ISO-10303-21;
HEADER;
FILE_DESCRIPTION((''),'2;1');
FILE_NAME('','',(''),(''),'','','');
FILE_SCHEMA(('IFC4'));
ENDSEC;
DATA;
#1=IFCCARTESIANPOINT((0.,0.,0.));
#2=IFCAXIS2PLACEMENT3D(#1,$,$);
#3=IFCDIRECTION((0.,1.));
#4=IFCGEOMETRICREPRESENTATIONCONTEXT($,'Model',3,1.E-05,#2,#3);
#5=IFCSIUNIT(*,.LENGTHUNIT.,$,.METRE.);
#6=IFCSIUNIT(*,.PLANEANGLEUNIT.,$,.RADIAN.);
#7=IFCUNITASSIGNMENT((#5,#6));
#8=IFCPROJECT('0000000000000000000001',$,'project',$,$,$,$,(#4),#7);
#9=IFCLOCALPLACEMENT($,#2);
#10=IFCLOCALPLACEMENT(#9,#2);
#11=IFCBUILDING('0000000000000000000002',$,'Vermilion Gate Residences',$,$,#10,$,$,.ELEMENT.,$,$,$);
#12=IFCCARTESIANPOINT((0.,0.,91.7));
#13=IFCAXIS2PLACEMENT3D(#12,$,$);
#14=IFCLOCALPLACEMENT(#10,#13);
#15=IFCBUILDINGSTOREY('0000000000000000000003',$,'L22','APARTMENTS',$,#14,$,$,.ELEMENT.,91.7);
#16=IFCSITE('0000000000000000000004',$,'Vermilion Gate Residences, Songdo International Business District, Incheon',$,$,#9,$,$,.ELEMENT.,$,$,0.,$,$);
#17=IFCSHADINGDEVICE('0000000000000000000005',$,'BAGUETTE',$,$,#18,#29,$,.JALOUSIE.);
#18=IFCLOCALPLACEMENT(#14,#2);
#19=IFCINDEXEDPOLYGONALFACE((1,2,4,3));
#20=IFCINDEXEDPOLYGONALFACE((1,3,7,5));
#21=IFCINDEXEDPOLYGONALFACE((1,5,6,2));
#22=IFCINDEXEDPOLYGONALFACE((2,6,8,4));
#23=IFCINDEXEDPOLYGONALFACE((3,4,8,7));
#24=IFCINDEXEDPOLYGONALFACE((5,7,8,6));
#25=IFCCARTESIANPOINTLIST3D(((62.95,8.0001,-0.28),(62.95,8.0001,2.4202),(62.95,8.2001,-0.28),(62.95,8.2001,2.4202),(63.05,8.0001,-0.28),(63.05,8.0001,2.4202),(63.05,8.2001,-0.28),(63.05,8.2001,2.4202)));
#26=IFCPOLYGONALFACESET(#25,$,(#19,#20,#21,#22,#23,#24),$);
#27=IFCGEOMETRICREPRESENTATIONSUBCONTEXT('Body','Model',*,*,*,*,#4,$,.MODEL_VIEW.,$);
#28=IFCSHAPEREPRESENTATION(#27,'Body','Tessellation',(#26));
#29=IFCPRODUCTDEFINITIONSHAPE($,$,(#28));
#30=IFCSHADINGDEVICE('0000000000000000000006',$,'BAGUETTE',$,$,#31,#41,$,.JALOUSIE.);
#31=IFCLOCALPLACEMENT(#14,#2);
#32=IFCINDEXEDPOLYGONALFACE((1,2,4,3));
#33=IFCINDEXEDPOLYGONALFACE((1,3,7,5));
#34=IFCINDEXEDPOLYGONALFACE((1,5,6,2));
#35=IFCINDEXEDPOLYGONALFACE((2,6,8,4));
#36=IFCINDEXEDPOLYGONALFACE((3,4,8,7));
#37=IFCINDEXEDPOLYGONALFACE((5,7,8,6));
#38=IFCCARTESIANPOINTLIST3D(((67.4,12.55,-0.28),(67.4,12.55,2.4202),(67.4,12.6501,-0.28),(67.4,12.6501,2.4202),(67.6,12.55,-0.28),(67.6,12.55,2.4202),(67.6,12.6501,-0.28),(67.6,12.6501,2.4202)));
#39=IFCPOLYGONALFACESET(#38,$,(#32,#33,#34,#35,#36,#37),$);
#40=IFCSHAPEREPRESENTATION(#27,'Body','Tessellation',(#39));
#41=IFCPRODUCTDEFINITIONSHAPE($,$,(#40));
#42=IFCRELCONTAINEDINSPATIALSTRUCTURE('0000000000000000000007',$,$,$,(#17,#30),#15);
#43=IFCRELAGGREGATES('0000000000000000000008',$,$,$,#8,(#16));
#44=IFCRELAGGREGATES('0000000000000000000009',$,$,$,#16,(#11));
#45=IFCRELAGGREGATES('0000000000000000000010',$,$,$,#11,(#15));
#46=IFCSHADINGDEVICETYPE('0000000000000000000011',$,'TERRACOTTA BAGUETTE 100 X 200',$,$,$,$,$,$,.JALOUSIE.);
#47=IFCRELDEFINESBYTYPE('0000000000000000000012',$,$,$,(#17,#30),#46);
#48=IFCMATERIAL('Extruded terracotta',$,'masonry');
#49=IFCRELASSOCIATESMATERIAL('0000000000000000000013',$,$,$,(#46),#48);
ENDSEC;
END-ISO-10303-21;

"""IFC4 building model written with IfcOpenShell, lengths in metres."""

from ifc_helpers import new_model, si_unit, direction, frame, origin, origin_2d, place, context, subcontext, project, spatial, rectangle, extrude, material, material_profile, profile_set, type_object, element, save


model = new_model("IFC4")

# Units and contexts
model_context = context("Model", 3, precision=1e-05, world=origin(), true_north=direction((0.0, 1.0)))
body_context = subcontext(model_context, "Body", "Model", "MODEL_VIEW")
ifc_project = project(units=[si_unit("LENGTHUNIT", "METRE"), si_unit("PLANEANGLEUNIT", "RADIAN")], contexts=[model_context])

# Site, building, storey
site_placement = place(None, origin())
site = spatial("IfcSite", under=ifc_project, at=site_placement, Name="Vermilion Gate Residences, Songdo International Business District, Incheon", CompositionType="ELEMENT", RefElevation=0.0)
building_placement = place(site_placement, origin())
building = spatial("IfcBuilding", under=site, at=building_placement, Name="Vermilion Gate Residences", CompositionType="ELEMENT")
storey_placement = place(building_placement, frame((0.0, 0.0, 91.7)))
storey = spatial("IfcBuildingStorey", under=building, at=storey_placement, Name="L22", Description="APARTMENTS", CompositionType="ELEMENT", Elevation=91.7)

# Shading devices
ifc_material_1 = material(Name="Extruded terracotta", Category="masonry")
ifc_material_profile_1 = material_profile(ifc_material_1, rectangle(XDim=0.2, YDim=0.1001, at=origin_2d()), Name="BAGUETTE 100 X 200")
ifc_profile_set_1 = profile_set([ifc_material_profile_1], Name="Extruded terracotta")
shading_device_type = type_object("IfcShadingDeviceType", Name="TERRACOTTA BAGUETTE 100 X 200", PredefinedType="JALOUSIE", material=ifc_profile_set_1)
for number, where, z_axis, x_axis, name in (
    (1, (63.0, 8.1001, -0.28), (0.0, 0.0, 1.0), (0.0, 1.0, 0.0), "BAGUETTE"),
    (2, (67.5, 12.6001, -0.28), (0.0, 0.0, 1.0), (-1.0, 0.0, 0.0), "BAGUETTE"),
):
    element("IfcShadingDevice", number, at=place(storey_placement, frame(where, z_axis=z_axis, x_axis=x_axis)), inside=storey, type_object=shading_device_type, Name=name, PredefinedType="JALOUSIE", context=body_context, shape_type="SweptSolid", body=[
        extrude(rectangle(XDim=0.2, YDim=0.1001, at=origin_2d()), origin(), (0.0, 0.0, 1.0), 2.7002),
    ])

save(model, "model.ifc")
